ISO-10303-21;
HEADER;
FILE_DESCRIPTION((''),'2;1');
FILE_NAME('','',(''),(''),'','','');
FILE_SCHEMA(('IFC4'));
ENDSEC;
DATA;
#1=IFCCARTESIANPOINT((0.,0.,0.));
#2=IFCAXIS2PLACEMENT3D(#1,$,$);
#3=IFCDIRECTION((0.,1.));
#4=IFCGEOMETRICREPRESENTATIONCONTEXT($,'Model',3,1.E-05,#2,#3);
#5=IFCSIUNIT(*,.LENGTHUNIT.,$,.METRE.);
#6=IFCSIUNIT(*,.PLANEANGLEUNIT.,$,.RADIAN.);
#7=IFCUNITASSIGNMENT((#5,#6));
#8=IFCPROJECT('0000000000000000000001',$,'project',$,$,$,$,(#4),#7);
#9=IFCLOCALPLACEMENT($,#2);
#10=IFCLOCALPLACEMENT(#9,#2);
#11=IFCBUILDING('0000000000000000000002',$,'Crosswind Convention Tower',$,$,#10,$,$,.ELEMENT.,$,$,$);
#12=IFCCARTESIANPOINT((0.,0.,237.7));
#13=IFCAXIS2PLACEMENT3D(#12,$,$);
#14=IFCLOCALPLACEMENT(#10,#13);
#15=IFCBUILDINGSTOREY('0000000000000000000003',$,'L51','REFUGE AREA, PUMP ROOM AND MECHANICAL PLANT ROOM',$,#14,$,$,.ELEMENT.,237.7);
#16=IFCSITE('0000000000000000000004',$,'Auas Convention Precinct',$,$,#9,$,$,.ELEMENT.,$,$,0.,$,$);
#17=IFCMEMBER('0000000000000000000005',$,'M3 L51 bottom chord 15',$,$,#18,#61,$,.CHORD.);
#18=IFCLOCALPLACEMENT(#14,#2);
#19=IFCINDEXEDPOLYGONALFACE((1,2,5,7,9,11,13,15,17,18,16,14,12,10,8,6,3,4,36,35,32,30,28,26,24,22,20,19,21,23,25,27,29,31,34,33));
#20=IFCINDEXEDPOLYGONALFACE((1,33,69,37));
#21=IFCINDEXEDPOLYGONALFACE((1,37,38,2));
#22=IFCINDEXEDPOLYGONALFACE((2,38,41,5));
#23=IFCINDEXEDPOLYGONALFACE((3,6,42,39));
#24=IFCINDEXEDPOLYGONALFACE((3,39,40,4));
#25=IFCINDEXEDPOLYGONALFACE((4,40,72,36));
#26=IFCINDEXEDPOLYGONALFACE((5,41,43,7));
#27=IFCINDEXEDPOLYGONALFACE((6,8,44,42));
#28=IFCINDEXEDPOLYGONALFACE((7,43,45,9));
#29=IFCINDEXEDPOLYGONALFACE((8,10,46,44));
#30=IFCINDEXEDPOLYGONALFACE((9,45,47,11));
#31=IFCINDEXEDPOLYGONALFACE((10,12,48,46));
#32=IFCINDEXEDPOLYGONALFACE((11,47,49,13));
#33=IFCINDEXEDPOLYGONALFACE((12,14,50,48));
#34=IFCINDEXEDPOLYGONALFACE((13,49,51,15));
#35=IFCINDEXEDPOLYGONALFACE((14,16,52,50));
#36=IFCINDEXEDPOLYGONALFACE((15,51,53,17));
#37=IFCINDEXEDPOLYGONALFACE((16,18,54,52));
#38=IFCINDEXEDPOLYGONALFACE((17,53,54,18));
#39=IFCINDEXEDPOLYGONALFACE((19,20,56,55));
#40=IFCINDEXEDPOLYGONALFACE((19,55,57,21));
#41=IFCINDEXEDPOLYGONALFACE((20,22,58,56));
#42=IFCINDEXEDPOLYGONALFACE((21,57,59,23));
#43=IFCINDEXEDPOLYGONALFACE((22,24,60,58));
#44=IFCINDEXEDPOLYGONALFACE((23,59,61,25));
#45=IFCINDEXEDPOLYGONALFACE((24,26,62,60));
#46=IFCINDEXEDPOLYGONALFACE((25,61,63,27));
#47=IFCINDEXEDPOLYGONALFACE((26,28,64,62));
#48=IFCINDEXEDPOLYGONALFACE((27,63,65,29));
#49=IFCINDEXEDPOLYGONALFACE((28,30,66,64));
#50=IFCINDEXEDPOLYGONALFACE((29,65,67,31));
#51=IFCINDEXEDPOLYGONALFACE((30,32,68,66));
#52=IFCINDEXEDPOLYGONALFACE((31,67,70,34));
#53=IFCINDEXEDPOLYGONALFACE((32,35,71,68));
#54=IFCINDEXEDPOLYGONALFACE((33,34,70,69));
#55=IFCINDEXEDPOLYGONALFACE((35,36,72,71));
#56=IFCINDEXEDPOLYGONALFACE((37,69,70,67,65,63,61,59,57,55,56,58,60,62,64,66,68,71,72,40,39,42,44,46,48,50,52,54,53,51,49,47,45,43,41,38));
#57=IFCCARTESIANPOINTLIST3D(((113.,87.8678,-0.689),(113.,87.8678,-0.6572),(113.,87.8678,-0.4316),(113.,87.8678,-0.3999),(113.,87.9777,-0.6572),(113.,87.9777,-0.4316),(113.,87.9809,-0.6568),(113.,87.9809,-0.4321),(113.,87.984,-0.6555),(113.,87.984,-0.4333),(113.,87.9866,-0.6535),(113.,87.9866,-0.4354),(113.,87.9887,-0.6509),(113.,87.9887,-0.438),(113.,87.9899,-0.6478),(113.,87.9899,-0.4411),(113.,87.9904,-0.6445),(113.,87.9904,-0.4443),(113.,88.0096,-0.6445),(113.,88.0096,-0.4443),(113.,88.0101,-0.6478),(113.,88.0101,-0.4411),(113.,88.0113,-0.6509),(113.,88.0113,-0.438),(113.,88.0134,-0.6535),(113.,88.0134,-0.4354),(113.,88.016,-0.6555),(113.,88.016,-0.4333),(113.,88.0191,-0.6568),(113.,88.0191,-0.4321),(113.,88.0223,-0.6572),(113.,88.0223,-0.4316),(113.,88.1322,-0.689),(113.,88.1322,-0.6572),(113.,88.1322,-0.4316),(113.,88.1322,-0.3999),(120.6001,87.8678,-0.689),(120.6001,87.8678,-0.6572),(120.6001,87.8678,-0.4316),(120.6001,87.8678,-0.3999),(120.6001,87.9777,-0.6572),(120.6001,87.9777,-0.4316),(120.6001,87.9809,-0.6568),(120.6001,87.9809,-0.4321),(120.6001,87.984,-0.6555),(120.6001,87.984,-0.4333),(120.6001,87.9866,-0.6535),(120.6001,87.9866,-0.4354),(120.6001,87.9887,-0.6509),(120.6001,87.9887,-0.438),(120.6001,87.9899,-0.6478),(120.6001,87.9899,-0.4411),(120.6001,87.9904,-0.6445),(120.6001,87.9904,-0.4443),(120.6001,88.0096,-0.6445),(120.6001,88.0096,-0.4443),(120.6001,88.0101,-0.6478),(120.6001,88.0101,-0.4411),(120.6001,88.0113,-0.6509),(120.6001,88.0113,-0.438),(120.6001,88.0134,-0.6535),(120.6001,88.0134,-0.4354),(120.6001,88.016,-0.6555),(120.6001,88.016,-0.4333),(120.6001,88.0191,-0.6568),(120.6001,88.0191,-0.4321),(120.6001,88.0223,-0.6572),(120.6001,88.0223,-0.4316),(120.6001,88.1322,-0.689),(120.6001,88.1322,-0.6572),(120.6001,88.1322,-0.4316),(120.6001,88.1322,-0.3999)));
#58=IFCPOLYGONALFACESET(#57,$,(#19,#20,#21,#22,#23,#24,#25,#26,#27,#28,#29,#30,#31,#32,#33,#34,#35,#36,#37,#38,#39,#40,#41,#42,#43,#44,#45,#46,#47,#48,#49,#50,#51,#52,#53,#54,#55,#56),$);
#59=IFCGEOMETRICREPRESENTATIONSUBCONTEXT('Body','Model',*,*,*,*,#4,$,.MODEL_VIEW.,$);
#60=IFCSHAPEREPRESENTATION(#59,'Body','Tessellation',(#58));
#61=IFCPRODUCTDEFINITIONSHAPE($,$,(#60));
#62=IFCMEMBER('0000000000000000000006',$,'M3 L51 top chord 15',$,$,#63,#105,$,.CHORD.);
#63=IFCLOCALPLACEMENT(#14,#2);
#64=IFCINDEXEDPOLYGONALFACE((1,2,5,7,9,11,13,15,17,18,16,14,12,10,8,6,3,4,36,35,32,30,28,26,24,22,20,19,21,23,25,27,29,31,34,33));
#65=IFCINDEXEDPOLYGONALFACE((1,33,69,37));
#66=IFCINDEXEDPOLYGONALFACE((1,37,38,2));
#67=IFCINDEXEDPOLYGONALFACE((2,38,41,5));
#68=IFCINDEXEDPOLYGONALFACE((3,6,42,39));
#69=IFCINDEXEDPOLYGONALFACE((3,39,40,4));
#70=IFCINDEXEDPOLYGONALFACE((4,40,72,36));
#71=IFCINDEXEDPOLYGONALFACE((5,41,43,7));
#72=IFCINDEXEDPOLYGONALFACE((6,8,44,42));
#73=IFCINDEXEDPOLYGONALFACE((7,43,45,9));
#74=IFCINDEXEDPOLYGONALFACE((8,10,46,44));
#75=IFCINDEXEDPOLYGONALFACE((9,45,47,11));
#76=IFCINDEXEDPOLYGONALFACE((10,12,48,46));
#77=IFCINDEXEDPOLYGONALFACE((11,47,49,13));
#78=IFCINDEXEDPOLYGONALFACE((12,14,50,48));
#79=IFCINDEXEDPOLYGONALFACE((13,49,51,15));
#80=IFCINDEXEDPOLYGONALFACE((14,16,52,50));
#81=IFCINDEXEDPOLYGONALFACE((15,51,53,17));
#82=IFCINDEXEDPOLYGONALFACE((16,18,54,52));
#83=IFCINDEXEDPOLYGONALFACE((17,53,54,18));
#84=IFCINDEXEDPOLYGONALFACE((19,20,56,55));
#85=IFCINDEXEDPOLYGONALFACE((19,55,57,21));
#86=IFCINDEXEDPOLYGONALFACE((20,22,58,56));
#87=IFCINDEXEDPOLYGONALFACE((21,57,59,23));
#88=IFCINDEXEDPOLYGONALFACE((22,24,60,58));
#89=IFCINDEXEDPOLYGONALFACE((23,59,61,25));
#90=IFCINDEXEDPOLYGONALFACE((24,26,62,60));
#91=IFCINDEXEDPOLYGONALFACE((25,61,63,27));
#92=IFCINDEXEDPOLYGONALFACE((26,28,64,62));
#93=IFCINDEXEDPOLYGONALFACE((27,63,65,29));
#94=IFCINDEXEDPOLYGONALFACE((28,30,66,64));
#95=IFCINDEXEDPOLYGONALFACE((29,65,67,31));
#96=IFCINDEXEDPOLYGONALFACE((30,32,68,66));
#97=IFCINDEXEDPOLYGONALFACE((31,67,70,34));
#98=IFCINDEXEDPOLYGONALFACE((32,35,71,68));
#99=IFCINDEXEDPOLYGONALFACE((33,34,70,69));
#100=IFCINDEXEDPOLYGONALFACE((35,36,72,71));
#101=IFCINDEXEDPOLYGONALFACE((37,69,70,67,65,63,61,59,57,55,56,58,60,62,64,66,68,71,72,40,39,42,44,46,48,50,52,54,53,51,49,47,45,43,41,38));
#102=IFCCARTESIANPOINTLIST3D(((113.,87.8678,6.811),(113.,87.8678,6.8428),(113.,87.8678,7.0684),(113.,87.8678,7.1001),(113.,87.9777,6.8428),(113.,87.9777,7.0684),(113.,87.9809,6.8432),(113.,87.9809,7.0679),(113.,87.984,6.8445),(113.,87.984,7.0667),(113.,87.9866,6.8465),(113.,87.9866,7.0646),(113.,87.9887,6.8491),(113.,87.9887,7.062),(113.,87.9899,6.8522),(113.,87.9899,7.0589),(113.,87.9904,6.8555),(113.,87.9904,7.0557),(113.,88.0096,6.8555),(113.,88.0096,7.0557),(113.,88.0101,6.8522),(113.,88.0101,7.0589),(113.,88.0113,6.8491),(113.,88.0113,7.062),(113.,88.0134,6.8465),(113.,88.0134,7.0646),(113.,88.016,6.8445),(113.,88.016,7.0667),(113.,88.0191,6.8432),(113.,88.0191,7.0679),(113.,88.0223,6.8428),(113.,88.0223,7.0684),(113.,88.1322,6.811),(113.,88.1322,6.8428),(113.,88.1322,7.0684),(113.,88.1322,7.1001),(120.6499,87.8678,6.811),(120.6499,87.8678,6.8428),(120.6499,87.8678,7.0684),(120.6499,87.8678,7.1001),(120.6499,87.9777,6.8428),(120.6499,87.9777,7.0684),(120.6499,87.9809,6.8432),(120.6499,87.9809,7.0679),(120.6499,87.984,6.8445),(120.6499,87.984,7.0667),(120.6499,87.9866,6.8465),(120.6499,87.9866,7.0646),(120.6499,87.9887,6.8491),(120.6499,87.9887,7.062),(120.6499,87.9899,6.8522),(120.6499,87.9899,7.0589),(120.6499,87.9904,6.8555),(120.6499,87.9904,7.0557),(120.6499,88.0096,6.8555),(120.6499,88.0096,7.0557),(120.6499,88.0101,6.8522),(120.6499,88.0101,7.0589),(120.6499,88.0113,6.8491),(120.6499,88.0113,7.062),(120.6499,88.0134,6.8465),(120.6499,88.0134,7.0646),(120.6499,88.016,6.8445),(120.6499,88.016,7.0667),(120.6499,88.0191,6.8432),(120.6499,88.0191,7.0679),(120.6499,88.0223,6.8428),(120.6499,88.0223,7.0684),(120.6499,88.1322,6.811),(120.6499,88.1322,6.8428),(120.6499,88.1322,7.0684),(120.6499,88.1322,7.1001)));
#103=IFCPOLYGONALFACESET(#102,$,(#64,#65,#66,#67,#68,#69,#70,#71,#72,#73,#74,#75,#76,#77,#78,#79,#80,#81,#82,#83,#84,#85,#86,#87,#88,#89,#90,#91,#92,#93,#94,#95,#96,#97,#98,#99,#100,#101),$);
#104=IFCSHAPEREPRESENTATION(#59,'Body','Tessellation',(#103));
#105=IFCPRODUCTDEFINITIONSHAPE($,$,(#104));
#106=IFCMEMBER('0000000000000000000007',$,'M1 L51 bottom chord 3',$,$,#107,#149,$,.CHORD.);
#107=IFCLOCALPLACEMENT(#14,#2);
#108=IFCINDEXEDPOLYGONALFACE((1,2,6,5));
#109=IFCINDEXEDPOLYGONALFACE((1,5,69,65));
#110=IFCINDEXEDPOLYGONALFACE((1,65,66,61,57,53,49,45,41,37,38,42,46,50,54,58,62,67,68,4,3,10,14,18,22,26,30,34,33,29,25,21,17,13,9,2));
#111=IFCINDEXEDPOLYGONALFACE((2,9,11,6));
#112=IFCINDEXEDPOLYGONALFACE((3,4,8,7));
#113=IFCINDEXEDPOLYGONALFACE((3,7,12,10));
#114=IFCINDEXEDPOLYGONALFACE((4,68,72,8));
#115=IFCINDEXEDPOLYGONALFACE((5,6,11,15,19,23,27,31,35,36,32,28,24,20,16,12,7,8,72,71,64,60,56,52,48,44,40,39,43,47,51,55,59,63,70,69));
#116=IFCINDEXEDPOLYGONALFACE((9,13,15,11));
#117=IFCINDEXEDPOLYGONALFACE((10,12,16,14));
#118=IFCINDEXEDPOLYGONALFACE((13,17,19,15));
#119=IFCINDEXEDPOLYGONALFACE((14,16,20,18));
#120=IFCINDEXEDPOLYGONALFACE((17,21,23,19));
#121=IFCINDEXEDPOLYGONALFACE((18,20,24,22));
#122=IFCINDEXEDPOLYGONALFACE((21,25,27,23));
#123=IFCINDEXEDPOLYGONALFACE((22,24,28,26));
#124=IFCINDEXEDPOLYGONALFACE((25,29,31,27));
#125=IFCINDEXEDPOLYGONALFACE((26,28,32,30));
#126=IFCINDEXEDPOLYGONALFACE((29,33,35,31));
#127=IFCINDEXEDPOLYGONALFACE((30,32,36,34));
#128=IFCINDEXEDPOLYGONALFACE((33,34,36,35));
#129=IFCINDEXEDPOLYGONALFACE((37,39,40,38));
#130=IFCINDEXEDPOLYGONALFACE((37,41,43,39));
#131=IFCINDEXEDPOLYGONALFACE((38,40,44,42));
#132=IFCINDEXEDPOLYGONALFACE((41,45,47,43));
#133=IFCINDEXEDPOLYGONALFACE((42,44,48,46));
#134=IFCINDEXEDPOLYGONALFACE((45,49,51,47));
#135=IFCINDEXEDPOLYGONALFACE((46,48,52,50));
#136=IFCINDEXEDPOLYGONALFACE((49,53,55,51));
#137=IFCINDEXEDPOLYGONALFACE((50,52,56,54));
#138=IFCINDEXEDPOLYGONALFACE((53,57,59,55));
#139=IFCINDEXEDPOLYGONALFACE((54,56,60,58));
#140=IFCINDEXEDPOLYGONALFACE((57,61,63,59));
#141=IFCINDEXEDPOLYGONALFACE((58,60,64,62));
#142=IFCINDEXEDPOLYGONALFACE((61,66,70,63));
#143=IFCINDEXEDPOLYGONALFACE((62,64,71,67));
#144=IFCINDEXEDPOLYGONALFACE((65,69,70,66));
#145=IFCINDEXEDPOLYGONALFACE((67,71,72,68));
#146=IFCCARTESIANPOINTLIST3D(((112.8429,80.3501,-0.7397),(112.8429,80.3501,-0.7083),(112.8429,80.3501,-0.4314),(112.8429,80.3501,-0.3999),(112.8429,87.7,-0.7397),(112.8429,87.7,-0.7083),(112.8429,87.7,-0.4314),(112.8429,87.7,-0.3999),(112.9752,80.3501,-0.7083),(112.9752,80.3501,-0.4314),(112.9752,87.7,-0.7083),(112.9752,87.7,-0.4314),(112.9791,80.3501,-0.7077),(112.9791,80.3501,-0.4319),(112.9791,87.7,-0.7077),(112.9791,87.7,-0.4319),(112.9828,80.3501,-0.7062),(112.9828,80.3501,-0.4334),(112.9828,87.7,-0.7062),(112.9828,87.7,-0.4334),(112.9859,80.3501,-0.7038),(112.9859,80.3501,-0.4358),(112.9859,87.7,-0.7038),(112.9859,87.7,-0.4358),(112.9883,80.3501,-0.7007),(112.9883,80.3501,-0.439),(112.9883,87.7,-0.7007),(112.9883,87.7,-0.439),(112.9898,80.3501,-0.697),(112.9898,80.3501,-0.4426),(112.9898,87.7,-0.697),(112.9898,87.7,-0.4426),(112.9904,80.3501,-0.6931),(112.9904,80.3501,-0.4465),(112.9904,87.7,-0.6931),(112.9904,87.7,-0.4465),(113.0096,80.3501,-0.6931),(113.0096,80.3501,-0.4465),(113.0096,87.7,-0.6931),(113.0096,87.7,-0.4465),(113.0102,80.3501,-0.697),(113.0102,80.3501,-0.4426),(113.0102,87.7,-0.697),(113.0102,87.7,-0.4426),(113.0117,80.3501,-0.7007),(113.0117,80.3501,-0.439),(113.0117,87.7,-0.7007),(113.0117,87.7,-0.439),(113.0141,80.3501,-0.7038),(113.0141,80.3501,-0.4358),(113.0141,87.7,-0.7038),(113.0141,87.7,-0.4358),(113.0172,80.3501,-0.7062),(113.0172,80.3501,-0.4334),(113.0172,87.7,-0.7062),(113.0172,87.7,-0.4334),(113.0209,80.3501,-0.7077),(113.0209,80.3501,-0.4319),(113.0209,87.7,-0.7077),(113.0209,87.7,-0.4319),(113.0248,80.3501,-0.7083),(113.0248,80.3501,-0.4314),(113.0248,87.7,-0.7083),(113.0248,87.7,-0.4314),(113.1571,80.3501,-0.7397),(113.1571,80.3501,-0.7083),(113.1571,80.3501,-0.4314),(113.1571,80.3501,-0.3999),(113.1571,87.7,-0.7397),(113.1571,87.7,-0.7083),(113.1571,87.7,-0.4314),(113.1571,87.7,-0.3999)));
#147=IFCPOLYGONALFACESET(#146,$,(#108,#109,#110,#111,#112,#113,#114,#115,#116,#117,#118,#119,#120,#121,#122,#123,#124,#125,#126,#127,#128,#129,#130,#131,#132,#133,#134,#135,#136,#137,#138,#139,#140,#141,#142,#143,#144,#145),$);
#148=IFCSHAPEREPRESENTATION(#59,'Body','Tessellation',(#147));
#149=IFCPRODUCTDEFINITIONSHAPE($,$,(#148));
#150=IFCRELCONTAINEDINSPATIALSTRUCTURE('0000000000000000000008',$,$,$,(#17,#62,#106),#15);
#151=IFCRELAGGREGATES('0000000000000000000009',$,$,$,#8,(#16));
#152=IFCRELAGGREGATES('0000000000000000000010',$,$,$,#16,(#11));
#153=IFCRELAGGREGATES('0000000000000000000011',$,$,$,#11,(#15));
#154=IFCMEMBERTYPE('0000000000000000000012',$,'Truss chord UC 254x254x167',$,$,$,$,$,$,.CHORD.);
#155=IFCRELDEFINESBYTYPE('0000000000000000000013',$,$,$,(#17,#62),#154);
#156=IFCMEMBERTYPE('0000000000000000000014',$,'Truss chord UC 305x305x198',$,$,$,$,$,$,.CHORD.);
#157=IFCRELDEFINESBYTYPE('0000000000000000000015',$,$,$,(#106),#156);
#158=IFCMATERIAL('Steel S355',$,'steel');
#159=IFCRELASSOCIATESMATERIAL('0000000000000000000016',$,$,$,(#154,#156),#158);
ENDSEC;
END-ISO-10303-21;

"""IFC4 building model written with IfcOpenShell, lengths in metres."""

from ifc_helpers import new_model, si_unit, direction, frame, origin, origin_2d, place, context, subcontext, project, spatial, i_section, extrude, material, material_profile, profile_set, type_object, element, save


model = new_model("IFC4")

# Units and contexts
model_context = context("Model", 3, precision=1e-05, world=origin(), true_north=direction((0.0, 1.0)))
body_context = subcontext(model_context, "Body", "Model", "MODEL_VIEW")
ifc_project = project(units=[si_unit("LENGTHUNIT", "METRE"), si_unit("PLANEANGLEUNIT", "RADIAN")], contexts=[model_context])

# Site, building, storey
site_placement = place(None, origin())
site = spatial("IfcSite", under=ifc_project, at=site_placement, Name="Auas Convention Precinct", CompositionType="ELEMENT", RefElevation=0.0)
building_placement = place(site_placement, origin())
building = spatial("IfcBuilding", under=site, at=building_placement, Name="Crosswind Convention Tower", CompositionType="ELEMENT")
storey_placement = place(building_placement, frame((0.0, 0.0, 237.7)))
storey = spatial("IfcBuildingStorey", under=building, at=storey_placement, Name="L51", Description="REFUGE AREA, PUMP ROOM AND MECHANICAL PLANT ROOM", CompositionType="ELEMENT", Elevation=237.7)

# Shared definitions
ifc_material_1 = material(Name="Steel S355", Category="steel")

# Members
ifc_material_profile_1 = material_profile(ifc_material_1, i_section(OverallWidth=0.2644, OverallDepth=0.2891, WebThickness=0.0193, FlangeThickness=0.0317, FilletRadius=0.0127, at=origin_2d()), Name="UC 254x254x167")
ifc_profile_set_1 = profile_set([ifc_material_profile_1], Name="Steel S355")
member_type_1 = type_object("IfcMemberType", Name="Truss chord UC 254x254x167", PredefinedType="CHORD", material=ifc_profile_set_1)
member_1_placement = place(storey_placement, frame((113.0, 88.0, -0.5444), z_axis=(1.0, 0.0, 0.0), x_axis=(0.0, 1.0, 0.0)))
element("IfcMember", 1, at=member_1_placement, inside=storey, type_object=member_type_1, Name="M3 L51 bottom chord 15", PredefinedType="CHORD", context=body_context, shape_type="SweptSolid", body=[
    extrude(i_section(OverallWidth=0.2644, OverallDepth=0.2891, WebThickness=0.0193, FlangeThickness=0.0317, FilletRadius=0.0127, at=origin_2d()), origin(), (0.0, 0.0, 1.0), 7.6001),
])
member_2_placement = place(storey_placement, frame((113.0, 88.0, 6.9556), z_axis=(1.0, 0.0, 0.0), x_axis=(0.0, 1.0, 0.0)))
element("IfcMember", 2, at=member_2_placement, inside=storey, type_object=member_type_1, Name="M3 L51 top chord 15", PredefinedType="CHORD", context=body_context, shape_type="SweptSolid", body=[
    extrude(i_section(OverallWidth=0.2644, OverallDepth=0.2891, WebThickness=0.0193, FlangeThickness=0.0317, FilletRadius=0.0127, at=origin_2d()), origin(), (0.0, 0.0, 1.0), 7.6499),
])
ifc_material_profile_2 = material_profile(ifc_material_1, i_section(OverallWidth=0.3142, OverallDepth=0.3398, WebThickness=0.0193, FlangeThickness=0.0315, FilletRadius=0.0151, at=origin_2d()), Name="UC 305x305x198")
ifc_profile_set_2 = profile_set([ifc_material_profile_2], Name="Steel S355")
member_type_2 = type_object("IfcMemberType", Name="Truss chord UC 305x305x198", PredefinedType="CHORD", material=ifc_profile_set_2)
member_3_placement = place(storey_placement, frame((113.0, 80.3501, -0.5698), z_axis=(0.0, 1.0, 0.0), x_axis=(-1.0, 0.0, 0.0)))
element("IfcMember", 3, at=member_3_placement, inside=storey, type_object=member_type_2, Name="M1 L51 bottom chord 3", PredefinedType="CHORD", context=body_context, shape_type="SweptSolid", body=[
    extrude(i_section(OverallWidth=0.3142, OverallDepth=0.3398, WebThickness=0.0193, FlangeThickness=0.0315, FilletRadius=0.0151, at=origin_2d()), origin(), (0.0, 0.0, 1.0), 7.3499),
])

save(model, "model.ifc")
